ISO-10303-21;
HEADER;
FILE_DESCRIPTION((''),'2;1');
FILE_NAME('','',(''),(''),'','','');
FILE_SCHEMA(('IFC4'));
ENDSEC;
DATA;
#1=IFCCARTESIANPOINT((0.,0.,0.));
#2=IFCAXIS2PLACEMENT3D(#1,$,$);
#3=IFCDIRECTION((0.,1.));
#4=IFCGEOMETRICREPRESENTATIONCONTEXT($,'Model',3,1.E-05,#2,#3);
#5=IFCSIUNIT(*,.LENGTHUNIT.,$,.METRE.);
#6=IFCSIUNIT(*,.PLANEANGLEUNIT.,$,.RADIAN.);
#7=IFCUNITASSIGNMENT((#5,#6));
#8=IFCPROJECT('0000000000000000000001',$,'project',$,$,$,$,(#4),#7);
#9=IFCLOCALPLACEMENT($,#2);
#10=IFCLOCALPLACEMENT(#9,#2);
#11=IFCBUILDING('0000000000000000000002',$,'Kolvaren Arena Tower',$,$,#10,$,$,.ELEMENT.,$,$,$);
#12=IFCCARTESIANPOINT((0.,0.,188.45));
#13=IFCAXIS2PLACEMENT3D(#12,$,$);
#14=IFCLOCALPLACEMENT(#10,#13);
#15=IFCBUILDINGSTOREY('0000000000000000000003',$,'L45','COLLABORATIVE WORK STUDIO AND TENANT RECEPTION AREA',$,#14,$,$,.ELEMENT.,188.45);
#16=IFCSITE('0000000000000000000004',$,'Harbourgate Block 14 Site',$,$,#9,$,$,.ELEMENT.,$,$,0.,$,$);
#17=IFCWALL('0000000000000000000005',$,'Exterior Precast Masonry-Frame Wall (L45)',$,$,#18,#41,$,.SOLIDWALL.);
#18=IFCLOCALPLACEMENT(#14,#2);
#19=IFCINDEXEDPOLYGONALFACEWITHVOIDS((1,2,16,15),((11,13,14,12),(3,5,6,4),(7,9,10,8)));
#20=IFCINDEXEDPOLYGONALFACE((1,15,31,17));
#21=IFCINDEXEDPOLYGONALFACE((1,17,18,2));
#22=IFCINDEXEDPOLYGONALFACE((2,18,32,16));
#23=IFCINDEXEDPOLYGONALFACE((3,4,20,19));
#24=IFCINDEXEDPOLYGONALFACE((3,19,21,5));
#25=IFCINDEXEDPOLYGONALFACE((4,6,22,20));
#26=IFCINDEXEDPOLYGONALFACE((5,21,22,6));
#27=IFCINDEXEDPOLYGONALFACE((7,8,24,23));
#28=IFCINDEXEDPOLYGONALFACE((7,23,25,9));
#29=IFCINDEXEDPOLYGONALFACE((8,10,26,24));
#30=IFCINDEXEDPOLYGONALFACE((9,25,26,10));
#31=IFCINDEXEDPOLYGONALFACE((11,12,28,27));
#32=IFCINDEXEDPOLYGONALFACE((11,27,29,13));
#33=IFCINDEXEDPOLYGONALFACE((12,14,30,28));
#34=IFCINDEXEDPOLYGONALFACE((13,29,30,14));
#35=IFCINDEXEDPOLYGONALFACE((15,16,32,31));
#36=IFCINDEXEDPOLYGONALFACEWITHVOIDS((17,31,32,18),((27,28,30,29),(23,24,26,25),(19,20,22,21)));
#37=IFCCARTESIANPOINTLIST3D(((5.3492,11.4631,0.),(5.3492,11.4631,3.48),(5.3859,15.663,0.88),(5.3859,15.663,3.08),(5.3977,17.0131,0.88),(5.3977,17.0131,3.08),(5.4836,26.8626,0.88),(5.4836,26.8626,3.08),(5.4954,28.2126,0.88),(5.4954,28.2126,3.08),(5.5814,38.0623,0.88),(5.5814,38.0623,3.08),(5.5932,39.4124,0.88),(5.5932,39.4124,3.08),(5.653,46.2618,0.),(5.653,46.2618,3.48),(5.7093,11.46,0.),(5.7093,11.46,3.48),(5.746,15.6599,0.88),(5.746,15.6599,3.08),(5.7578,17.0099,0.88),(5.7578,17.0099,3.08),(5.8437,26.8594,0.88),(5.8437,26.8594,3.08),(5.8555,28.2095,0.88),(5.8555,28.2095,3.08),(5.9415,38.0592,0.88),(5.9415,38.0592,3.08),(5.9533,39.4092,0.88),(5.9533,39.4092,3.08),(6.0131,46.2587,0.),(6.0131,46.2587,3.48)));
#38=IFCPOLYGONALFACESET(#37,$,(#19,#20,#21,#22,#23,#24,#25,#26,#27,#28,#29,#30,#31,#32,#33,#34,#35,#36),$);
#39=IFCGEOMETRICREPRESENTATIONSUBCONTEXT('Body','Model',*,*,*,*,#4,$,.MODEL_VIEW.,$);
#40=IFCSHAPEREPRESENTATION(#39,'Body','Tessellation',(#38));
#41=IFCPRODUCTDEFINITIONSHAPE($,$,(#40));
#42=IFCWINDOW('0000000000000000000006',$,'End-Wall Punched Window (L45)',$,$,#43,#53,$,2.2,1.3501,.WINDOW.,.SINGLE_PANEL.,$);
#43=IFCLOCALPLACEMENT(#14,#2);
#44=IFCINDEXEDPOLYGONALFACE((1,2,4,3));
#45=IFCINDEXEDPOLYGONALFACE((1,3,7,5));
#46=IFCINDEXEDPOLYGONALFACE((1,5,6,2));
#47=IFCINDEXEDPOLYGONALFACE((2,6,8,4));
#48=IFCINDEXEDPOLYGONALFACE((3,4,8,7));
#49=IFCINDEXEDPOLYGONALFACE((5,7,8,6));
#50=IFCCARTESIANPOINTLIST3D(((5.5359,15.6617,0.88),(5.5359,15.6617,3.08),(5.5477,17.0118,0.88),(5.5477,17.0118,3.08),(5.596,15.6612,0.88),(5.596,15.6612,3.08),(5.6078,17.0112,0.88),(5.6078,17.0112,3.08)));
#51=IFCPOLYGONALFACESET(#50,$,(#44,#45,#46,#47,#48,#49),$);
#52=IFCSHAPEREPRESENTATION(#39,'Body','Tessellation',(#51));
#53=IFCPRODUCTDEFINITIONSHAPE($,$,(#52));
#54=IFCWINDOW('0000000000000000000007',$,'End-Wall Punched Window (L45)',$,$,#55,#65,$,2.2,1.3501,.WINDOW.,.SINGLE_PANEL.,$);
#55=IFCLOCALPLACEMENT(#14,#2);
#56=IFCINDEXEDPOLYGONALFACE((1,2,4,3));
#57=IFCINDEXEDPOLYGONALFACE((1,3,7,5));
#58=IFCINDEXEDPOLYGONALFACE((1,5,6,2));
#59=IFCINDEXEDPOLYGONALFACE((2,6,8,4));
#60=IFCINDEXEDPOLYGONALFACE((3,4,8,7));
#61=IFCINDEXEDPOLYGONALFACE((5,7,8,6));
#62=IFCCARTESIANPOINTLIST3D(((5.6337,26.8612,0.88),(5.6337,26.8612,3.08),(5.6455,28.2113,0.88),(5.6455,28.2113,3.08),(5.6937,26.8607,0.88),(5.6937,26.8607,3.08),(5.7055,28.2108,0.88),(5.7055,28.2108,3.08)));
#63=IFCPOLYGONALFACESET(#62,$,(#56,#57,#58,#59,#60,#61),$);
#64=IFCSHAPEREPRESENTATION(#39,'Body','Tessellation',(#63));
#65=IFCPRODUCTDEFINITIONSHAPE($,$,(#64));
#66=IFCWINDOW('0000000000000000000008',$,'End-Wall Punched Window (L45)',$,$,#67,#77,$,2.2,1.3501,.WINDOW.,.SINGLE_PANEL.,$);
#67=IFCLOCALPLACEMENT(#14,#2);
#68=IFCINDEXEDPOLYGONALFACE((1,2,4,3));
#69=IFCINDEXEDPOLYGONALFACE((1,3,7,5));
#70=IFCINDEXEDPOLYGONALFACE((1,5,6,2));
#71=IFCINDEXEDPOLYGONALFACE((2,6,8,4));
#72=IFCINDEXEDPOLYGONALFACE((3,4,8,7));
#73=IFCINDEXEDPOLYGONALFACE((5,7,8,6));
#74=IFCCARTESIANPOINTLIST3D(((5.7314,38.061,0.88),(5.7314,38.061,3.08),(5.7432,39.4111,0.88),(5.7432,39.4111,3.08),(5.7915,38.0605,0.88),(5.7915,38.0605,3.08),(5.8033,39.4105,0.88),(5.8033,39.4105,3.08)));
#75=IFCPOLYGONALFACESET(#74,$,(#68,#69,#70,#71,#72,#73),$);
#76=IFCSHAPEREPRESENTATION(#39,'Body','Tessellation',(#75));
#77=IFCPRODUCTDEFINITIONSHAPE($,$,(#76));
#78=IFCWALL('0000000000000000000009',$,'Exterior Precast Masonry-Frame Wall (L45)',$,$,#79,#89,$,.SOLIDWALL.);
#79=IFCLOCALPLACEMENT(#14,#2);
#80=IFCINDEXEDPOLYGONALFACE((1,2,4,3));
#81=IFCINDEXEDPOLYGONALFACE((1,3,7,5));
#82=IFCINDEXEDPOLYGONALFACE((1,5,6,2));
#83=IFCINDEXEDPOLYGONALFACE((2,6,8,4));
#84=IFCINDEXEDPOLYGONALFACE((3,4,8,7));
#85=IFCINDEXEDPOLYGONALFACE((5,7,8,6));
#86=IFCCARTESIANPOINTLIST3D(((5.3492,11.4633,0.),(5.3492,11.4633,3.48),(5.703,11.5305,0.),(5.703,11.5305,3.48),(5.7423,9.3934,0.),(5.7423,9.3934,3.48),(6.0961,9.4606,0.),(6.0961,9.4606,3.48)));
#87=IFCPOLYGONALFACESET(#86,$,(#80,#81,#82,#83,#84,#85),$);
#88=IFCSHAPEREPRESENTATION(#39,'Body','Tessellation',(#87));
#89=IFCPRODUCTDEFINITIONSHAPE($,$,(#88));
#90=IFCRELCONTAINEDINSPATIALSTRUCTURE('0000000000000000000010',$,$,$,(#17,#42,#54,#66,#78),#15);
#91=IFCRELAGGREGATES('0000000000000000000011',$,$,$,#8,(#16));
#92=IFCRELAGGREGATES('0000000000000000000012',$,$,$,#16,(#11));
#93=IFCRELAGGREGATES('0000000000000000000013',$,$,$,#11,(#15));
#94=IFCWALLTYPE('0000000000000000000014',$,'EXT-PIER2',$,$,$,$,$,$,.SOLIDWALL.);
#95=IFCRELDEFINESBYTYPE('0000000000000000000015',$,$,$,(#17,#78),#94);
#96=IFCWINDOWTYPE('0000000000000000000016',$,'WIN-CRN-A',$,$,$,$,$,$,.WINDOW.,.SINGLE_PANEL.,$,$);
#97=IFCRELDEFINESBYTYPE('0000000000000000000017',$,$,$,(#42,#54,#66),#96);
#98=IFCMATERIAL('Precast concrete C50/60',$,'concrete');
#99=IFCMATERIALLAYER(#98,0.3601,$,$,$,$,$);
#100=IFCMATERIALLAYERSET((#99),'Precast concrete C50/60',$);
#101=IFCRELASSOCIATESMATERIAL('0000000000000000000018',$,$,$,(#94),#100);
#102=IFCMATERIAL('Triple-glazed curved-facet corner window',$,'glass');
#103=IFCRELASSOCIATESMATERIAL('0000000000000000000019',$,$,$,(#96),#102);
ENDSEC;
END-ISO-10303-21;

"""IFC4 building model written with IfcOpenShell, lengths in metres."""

from ifc_helpers import new_model, si_unit, direction, frame, frame_2d, origin, place, context, subcontext, project, spatial, rectangle, extrude, material, layer, layer_set, type_object, element, fill, save


model = new_model("IFC4")

# Units and contexts
model_context = context("Model", 3, precision=1e-05, world=origin(), true_north=direction((0.0, 1.0)))
body_context = subcontext(model_context, "Body", "Model", "MODEL_VIEW")
ifc_project = project(units=[si_unit("LENGTHUNIT", "METRE"), si_unit("PLANEANGLEUNIT", "RADIAN")], contexts=[model_context])

# Site, building, storey
site_placement = place(None, origin())
site = spatial("IfcSite", under=ifc_project, at=site_placement, Name="Harbourgate Block 14 Site", CompositionType="ELEMENT", RefElevation=0.0)
building_placement = place(site_placement, origin())
building = spatial("IfcBuilding", under=site, at=building_placement, Name="Kolvaren Arena Tower", CompositionType="ELEMENT")
storey_placement = place(building_placement, frame((0.0, 0.0, 188.45)))
storey = spatial("IfcBuildingStorey", under=building, at=storey_placement, Name="L45", Description="COLLABORATIVE WORK STUDIO AND TENANT RECEPTION AREA", CompositionType="ELEMENT", Elevation=188.45)

# Wall, openings, windows
ifc_material_1 = material(Name="Precast concrete C50/60", Category="concrete")
ifc_layer_1 = layer(ifc_material_1, 0.3601)
ifc_layer_set_1 = layer_set([ifc_layer_1], Name="Precast concrete C50/60")
wall_type_1 = type_object("IfcWallType", Name="EXT-PIER2", PredefinedType="SOLIDWALL", material=ifc_layer_set_1)
wall_1_placement = place(storey_placement, frame((5.5293, 11.4617, 0.0), z_axis=(0.0, 0.0, 1.0), x_axis=(0.008727, 0.999962, 0.0)))
wall_1 = element("IfcWall", 1, at=wall_1_placement, inside=storey, type_object=wall_type_1, Name="Exterior Precast Masonry-Frame Wall (L45)", PredefinedType="SOLIDWALL", context=body_context, shape_type="SweptSolid", body=[
    extrude(rectangle(XDim=34.8, YDim=0.3601, at=frame_2d((17.3999, 0.0))), origin(), (0.0, 0.0, 1.0), 3.48),
])
opening_1_placement = place(wall_1_placement, frame((4.2, 0.0, 0.8799)))
opening_1 = element("IfcOpeningElement", 2, at=opening_1_placement, cuts=wall_1, PredefinedType="OPENING", context=body_context, shape_type="SweptSolid", body=[
    extrude(rectangle(XDim=1.3501, YDim=2.2, at=frame_2d((0.675, 1.1001))), frame((0.0, 0.1899, 0.0), z_axis=(0.0, -1.0, 0.0), x_axis=(1.0, 0.0, 0.0)), (0.0, 0.0, 1.0), 0.3801),
])
opening_2_placement = place(wall_1_placement, frame((15.3999, 0.0, 0.8799)))
opening_2 = element("IfcOpeningElement", 3, at=opening_2_placement, cuts=wall_1, PredefinedType="OPENING", context=body_context, shape_type="SweptSolid", body=[
    extrude(rectangle(XDim=1.3501, YDim=2.2, at=frame_2d((0.675, 1.1001))), frame((0.0, 0.1899, 0.0), z_axis=(0.0, -1.0, 0.0), x_axis=(1.0, 0.0, 0.0)), (0.0, 0.0, 1.0), 0.3801),
])
opening_3_placement = place(wall_1_placement, frame((26.6001, 0.0, 0.8799)))
opening_3 = element("IfcOpeningElement", 4, at=opening_3_placement, cuts=wall_1, PredefinedType="OPENING", context=body_context, shape_type="SweptSolid", body=[
    extrude(rectangle(XDim=1.3501, YDim=2.2, at=frame_2d((0.675, 1.1001))), frame((0.0, 0.1899, 0.0), z_axis=(0.0, -1.0, 0.0), x_axis=(1.0, 0.0, 0.0)), (0.0, 0.0, 1.0), 0.3801),
])
ifc_material_2 = material(Name="Triple-glazed curved-facet corner window", Category="glass")
window_type = type_object("IfcWindowType", Name="WIN-CRN-A", PartitioningType="SINGLE_PANEL", PredefinedType="WINDOW", material=ifc_material_2)
window_1_placement = place(opening_1_placement, origin())
window_1 = element("IfcWindow", 5, at=window_1_placement, inside=storey, type_object=window_type, Name="End-Wall Punched Window (L45)", OverallHeight=2.2, OverallWidth=1.3501, PartitioningType="SINGLE_PANEL", PredefinedType="WINDOW", context=body_context, shape_type="SweptSolid", body=[
    extrude(rectangle(XDim=1.3501, YDim=2.2, at=frame_2d((0.675, 1.1001))), frame((0.0, 0.03, 0.0), z_axis=(0.0, -1.0, 0.0), x_axis=(1.0, 0.0, 0.0)), (0.0, 0.0, 1.0), 0.0601),
])
fill(opening_1, window_1)
window_2_placement = place(opening_2_placement, origin())
window_2 = element("IfcWindow", 6, at=window_2_placement, inside=storey, type_object=window_type, Name="End-Wall Punched Window (L45)", OverallHeight=2.2, OverallWidth=1.3501, PartitioningType="SINGLE_PANEL", PredefinedType="WINDOW", context=body_context, shape_type="SweptSolid", body=[
    extrude(rectangle(XDim=1.3501, YDim=2.2, at=frame_2d((0.675, 1.1001))), frame((0.0, 0.03, 0.0), z_axis=(0.0, -1.0, 0.0), x_axis=(1.0, 0.0, 0.0)), (0.0, 0.0, 1.0), 0.0601),
])
fill(opening_2, window_2)
window_3_placement = place(opening_3_placement, origin())
window_3 = element("IfcWindow", 7, at=window_3_placement, inside=storey, type_object=window_type, Name="End-Wall Punched Window (L45)", OverallHeight=2.2, OverallWidth=1.3501, PartitioningType="SINGLE_PANEL", PredefinedType="WINDOW", context=body_context, shape_type="SweptSolid", body=[
    extrude(rectangle(XDim=1.3501, YDim=2.2, at=frame_2d((0.675, 1.1001))), frame((0.0, 0.03, 0.0), z_axis=(0.0, -1.0, 0.0), x_axis=(1.0, 0.0, 0.0)), (0.0, 0.0, 1.0), 0.0601),
])
fill(opening_3, window_3)

# Wall
wall_2_placement = place(storey_placement, frame((5.9192, 9.427, 0.0), z_axis=(0.0, 0.0, 1.0), x_axis=(-0.186569, 0.982442, 0.0)))
element("IfcWall", 8, at=wall_2_placement, inside=storey, type_object=wall_type_1, Name="Exterior Precast Masonry-Frame Wall (L45)", PredefinedType="SOLIDWALL", context=body_context, shape_type="SweptSolid", body=[
    extrude(rectangle(XDim=2.1069, YDim=0.3601, at=frame_2d((1.0535, 0.0))), origin(), (0.0, 0.0, 1.0), 3.48),
])

save(model, "model.ifc")
